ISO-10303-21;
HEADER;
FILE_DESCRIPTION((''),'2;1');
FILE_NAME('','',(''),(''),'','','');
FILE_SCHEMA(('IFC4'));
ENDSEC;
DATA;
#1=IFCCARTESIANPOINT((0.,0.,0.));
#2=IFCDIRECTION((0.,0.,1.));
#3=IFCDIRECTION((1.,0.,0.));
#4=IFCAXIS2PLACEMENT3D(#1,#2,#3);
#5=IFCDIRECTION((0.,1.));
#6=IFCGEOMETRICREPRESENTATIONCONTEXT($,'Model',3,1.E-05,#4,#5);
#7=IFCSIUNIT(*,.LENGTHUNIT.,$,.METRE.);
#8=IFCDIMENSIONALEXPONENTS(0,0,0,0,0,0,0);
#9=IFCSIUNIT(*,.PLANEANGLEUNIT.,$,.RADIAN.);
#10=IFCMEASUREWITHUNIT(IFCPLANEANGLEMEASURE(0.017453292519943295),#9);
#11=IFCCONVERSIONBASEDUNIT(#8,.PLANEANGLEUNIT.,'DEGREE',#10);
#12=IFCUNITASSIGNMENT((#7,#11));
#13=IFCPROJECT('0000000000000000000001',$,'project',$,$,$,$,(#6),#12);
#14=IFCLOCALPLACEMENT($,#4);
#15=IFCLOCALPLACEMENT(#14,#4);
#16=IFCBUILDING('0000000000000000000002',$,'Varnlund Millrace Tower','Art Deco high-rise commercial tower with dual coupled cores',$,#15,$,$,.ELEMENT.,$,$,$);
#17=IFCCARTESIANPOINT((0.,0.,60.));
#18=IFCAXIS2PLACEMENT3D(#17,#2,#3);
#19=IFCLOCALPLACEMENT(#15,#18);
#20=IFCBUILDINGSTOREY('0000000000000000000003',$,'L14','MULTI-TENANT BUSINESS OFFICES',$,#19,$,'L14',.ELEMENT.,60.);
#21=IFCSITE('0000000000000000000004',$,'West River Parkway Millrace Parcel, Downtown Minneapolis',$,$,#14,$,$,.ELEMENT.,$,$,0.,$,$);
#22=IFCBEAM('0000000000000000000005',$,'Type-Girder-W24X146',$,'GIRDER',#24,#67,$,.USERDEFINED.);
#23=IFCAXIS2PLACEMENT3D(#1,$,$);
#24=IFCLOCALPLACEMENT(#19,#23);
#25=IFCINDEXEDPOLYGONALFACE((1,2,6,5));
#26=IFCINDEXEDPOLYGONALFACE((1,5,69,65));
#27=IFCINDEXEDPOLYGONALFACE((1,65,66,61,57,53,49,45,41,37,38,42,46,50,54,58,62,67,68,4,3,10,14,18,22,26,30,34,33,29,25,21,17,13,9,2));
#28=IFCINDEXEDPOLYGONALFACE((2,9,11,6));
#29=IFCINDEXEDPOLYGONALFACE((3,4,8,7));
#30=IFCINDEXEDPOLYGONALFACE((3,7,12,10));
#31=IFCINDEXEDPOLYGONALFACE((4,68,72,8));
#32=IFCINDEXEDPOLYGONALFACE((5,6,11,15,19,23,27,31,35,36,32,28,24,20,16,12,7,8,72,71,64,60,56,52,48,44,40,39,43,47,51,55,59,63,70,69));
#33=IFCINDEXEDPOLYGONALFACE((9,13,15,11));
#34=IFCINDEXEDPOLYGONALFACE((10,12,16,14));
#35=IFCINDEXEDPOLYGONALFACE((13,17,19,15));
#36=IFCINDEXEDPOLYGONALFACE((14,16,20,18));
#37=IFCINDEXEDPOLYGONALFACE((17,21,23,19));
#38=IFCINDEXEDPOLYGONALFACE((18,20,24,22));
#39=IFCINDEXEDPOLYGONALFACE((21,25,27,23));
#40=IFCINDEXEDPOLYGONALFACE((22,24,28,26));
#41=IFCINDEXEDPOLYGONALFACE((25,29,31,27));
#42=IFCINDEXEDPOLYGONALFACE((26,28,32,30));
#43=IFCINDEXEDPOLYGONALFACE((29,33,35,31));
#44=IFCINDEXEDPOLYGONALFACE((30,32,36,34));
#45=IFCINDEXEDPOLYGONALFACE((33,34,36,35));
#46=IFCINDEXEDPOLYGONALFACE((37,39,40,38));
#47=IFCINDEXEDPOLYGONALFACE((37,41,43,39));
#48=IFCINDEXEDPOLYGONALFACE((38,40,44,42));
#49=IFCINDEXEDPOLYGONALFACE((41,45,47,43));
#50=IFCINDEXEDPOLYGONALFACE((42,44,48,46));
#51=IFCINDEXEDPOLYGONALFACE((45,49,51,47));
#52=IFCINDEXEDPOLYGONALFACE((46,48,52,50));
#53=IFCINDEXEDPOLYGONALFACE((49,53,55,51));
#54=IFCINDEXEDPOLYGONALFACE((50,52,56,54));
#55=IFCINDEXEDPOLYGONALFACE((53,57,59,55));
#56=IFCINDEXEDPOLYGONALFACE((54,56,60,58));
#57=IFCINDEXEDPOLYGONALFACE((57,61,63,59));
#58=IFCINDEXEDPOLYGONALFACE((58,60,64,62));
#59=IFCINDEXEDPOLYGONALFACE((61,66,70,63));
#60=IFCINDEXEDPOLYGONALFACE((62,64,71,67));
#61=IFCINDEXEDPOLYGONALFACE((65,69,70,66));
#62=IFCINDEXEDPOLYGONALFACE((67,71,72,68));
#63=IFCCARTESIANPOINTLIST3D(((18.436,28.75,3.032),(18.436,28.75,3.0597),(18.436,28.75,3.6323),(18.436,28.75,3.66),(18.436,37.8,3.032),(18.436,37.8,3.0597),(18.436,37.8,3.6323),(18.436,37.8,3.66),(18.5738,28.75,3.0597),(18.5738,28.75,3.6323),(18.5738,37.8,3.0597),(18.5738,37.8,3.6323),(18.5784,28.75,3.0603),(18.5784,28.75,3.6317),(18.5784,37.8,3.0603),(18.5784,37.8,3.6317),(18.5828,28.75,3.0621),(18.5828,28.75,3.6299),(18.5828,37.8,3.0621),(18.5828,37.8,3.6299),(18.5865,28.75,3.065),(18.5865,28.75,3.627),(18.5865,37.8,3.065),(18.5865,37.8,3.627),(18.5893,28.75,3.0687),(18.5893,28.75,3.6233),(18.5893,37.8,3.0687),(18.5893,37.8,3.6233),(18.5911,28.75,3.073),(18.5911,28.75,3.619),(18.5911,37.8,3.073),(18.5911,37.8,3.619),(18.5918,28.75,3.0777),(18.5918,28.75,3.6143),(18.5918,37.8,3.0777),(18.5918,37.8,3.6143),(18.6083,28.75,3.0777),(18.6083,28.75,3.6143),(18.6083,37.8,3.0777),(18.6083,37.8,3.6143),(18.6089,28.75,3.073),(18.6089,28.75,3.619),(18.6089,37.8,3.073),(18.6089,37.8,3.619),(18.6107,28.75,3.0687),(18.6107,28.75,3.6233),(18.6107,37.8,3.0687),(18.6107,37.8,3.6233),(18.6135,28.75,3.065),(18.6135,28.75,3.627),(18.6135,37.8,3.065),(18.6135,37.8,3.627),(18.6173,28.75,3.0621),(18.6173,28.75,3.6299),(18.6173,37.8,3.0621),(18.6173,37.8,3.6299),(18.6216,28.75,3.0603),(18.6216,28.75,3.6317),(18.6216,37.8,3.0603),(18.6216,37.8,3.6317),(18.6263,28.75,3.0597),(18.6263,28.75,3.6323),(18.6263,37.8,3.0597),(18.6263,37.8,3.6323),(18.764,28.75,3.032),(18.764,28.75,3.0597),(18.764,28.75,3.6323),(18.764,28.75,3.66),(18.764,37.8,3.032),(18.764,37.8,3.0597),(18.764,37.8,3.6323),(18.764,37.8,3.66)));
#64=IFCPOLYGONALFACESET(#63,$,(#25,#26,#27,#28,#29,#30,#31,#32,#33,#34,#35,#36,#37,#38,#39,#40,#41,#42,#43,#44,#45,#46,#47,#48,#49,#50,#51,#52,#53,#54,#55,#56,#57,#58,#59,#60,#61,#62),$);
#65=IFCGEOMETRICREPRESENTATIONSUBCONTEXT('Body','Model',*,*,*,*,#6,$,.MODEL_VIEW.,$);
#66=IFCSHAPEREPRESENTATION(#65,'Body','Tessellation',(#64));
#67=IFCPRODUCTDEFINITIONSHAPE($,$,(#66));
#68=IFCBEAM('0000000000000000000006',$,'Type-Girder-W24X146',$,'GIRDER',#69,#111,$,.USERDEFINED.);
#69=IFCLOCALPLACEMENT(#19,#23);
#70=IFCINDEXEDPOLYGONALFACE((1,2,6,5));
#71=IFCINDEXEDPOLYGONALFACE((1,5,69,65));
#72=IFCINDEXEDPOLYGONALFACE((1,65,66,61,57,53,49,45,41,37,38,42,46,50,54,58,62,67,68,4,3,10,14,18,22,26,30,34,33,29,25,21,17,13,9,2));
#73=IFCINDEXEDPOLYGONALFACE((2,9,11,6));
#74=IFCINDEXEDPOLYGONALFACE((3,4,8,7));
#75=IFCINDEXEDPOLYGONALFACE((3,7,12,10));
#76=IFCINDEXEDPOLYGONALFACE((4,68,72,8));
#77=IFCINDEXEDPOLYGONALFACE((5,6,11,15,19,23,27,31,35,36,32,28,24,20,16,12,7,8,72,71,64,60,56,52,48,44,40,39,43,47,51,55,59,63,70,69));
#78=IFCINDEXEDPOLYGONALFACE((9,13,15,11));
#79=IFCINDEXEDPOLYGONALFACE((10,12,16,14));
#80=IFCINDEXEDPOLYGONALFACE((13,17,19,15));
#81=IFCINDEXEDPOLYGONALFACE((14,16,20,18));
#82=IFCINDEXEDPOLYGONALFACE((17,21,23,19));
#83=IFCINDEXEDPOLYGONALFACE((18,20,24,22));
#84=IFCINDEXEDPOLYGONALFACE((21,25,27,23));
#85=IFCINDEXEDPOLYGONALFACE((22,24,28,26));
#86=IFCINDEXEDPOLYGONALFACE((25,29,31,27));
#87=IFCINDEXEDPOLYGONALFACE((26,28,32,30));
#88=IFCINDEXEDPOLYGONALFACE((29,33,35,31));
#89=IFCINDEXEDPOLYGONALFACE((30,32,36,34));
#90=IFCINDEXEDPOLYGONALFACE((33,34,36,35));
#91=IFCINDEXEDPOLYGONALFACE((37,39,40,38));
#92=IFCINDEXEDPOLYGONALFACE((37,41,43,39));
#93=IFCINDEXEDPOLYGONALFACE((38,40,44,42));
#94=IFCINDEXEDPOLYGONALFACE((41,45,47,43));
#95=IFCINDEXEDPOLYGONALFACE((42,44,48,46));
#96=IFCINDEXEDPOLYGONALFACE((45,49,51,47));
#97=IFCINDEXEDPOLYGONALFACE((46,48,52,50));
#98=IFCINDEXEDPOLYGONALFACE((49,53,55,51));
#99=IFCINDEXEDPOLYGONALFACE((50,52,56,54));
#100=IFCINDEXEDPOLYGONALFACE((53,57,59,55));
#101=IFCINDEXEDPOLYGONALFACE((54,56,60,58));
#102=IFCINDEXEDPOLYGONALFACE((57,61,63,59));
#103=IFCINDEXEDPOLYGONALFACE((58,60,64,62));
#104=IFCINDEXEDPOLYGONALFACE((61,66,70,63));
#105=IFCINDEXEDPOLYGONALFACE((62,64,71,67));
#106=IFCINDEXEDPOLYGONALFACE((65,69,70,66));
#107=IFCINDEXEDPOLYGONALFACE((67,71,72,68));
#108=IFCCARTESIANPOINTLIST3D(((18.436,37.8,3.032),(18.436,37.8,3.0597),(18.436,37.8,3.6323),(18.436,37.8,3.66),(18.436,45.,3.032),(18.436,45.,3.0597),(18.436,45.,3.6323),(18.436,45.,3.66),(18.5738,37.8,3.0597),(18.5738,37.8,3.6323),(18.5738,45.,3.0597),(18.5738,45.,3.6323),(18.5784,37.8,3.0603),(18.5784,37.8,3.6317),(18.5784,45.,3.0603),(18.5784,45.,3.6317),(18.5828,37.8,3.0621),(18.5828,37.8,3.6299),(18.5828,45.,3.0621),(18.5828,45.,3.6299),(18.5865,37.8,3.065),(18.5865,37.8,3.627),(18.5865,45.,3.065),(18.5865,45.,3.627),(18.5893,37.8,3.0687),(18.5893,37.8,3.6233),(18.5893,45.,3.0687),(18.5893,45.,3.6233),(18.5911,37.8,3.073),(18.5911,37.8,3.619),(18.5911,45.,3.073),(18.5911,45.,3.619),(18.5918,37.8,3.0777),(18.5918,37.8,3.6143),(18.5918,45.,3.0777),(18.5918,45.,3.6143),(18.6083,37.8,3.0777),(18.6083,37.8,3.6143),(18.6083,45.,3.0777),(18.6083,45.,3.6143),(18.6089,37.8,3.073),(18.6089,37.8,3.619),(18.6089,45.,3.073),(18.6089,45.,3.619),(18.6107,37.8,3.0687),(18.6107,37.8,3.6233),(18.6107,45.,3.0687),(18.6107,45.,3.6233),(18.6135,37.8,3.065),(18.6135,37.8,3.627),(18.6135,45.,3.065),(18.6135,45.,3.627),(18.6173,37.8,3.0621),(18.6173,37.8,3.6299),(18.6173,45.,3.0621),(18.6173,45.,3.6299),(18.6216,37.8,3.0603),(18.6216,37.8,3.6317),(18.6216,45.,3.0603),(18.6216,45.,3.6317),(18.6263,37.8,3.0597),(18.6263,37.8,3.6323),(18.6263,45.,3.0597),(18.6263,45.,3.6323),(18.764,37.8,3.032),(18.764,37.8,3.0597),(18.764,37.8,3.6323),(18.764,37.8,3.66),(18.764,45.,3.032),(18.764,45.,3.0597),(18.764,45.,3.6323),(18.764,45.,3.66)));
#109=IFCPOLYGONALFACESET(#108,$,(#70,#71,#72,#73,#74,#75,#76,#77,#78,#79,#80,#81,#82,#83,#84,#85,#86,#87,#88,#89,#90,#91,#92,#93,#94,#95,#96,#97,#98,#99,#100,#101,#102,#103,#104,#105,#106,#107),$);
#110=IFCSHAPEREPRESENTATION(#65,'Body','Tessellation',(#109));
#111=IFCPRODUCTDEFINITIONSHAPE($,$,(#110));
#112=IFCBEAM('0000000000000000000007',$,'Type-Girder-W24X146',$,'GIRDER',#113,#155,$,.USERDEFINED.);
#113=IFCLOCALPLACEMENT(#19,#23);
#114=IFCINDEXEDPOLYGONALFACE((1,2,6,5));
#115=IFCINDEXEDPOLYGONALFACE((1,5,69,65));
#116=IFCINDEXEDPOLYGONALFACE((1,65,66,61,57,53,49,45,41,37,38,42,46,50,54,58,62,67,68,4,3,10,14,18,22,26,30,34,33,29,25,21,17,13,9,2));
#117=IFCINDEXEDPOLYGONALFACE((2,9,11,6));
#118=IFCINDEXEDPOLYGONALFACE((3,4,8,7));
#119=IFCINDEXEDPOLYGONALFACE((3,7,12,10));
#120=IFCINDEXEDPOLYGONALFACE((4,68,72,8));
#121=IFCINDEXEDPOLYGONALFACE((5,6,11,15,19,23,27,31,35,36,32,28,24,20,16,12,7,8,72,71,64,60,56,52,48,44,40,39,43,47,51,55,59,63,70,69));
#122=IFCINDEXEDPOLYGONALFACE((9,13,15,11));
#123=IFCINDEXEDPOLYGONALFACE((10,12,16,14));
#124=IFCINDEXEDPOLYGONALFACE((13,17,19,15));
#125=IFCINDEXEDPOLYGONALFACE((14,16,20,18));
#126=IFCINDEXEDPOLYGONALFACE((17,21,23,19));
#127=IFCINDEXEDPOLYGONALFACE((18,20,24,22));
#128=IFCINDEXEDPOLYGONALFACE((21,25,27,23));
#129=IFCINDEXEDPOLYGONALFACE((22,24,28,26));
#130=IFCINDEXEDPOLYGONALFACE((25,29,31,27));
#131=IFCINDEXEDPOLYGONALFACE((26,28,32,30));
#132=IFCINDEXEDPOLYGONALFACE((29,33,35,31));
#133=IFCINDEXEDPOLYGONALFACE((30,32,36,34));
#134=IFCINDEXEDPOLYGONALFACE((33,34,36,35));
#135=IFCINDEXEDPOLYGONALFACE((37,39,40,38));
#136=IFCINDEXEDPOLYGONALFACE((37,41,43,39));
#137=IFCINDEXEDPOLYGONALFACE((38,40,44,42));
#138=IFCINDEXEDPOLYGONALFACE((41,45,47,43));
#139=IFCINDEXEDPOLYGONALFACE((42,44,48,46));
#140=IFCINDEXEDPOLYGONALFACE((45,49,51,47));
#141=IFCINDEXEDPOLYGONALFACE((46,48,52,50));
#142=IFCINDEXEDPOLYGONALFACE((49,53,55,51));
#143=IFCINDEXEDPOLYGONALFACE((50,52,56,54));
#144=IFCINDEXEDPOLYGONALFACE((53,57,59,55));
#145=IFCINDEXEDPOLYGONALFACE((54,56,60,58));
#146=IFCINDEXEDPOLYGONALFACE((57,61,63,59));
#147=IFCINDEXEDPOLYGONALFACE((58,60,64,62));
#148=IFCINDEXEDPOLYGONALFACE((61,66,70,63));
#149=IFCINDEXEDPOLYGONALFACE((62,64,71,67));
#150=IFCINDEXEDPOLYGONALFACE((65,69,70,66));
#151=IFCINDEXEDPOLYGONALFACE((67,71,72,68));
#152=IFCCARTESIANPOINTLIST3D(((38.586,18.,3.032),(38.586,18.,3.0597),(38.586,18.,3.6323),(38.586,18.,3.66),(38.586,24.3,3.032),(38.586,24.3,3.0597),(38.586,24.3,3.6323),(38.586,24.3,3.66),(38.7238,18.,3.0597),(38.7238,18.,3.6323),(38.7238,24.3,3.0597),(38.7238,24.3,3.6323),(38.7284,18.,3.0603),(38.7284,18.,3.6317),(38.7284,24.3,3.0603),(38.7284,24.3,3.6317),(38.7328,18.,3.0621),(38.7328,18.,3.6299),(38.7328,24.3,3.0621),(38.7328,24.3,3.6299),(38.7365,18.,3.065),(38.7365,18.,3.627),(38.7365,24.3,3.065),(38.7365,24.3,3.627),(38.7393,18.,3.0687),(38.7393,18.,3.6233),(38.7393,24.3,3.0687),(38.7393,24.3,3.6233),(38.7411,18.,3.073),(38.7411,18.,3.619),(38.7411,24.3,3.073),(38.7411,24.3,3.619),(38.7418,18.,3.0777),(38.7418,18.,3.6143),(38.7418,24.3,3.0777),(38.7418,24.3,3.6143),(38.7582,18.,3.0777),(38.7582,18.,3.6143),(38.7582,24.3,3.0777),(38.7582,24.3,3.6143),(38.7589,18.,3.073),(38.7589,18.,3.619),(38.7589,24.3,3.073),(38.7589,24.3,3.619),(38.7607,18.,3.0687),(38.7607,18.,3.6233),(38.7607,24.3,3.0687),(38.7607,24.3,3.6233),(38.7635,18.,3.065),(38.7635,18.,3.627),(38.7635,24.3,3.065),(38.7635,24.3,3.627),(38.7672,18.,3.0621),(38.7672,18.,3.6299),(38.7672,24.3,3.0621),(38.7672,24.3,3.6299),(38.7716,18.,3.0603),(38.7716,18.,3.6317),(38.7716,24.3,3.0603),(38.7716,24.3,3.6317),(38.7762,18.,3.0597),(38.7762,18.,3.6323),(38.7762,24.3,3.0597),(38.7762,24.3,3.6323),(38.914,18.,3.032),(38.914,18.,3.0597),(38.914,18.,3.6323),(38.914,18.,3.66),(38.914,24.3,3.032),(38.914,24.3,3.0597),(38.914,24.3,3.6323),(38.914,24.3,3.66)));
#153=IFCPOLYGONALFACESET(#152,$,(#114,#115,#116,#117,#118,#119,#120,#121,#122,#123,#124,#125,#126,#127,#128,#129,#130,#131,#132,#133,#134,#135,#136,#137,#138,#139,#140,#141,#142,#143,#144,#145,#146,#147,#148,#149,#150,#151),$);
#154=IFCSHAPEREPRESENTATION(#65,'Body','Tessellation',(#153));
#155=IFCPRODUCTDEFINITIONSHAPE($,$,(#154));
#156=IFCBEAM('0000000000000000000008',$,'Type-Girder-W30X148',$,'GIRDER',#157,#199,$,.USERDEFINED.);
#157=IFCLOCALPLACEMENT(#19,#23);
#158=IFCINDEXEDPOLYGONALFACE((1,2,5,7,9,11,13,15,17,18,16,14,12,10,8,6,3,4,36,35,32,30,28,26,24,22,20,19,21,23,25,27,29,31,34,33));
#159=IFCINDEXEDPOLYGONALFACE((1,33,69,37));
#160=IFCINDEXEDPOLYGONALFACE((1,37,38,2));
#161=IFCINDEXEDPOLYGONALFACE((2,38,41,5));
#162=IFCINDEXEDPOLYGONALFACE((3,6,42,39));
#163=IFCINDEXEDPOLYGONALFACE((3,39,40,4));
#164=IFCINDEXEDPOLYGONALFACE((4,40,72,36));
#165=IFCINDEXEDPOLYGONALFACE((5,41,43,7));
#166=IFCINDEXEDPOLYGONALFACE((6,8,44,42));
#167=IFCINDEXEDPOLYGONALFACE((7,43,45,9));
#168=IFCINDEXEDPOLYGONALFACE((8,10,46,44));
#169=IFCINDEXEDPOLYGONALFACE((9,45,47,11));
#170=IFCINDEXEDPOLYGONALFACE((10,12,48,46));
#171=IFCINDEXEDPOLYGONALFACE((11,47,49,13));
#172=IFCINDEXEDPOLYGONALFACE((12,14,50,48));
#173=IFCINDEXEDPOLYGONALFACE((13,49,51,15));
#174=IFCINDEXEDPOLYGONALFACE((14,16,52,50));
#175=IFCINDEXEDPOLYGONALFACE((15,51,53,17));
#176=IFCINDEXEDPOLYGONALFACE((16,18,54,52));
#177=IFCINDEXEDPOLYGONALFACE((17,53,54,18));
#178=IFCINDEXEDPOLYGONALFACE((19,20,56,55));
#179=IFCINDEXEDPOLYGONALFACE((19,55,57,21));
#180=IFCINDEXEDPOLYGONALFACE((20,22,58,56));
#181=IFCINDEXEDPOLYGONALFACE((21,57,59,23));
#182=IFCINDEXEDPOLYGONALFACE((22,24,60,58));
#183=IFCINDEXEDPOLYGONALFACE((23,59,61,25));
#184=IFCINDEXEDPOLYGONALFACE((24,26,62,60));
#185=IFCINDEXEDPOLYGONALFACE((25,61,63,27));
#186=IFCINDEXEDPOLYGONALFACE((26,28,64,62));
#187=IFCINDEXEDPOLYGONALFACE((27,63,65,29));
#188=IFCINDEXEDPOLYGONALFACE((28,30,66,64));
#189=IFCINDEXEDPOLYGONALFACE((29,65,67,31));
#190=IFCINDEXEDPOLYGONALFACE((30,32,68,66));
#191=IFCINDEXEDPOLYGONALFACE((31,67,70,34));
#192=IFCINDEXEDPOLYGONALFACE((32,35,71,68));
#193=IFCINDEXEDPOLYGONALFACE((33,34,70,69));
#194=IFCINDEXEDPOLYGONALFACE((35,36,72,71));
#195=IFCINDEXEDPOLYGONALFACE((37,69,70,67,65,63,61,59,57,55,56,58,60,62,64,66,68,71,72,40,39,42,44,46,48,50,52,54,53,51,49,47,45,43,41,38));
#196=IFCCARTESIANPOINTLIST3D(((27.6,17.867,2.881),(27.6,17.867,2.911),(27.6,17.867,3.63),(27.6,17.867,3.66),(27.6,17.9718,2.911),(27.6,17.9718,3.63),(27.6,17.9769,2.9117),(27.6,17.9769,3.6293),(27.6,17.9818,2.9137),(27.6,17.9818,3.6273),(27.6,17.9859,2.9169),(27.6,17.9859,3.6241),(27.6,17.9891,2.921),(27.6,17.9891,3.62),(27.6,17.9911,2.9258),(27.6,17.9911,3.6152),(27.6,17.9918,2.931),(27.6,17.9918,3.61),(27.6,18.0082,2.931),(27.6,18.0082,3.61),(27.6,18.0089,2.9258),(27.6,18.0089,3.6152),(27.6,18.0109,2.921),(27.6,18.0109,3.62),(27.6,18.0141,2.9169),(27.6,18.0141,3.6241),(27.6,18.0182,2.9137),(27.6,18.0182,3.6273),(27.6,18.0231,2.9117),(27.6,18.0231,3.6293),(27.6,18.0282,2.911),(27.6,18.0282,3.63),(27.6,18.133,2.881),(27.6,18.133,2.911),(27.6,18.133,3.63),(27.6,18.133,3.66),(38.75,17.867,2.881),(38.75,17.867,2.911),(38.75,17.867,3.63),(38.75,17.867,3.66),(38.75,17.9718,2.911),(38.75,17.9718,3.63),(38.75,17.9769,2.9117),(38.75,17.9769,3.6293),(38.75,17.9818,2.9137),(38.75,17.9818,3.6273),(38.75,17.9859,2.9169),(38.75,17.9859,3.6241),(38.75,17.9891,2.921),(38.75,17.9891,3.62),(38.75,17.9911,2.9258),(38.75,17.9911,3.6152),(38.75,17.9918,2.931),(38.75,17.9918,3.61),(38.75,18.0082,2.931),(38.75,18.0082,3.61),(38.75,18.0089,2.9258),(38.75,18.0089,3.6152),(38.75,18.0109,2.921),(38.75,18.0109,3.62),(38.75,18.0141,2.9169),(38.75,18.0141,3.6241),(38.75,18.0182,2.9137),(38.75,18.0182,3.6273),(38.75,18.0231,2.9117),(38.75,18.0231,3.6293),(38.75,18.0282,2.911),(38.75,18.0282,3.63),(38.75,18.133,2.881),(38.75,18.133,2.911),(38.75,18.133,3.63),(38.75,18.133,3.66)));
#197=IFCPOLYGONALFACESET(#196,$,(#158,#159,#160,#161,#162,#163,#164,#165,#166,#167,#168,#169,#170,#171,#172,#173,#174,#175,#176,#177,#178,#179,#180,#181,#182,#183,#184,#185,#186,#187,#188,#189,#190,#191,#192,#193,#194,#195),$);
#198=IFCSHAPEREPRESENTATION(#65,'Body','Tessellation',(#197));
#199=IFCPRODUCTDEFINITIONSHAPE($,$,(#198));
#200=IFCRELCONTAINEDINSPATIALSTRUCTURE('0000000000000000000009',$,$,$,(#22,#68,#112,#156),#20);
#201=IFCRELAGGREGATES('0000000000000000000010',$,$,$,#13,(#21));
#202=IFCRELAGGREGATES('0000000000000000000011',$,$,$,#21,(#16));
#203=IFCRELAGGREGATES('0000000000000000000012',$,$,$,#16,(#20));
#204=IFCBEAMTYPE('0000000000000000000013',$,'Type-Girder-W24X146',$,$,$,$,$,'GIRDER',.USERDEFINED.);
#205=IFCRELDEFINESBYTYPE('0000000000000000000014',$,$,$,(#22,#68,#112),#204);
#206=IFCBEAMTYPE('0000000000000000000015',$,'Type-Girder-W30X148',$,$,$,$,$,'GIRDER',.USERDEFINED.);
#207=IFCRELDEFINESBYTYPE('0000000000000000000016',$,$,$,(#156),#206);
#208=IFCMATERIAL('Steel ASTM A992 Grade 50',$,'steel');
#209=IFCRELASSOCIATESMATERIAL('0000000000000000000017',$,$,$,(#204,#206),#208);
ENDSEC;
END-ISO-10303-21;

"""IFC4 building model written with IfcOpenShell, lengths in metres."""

from ifc_helpers import new_model, entity, si_unit, converted_unit, direction, frame, origin_with_axes, origin_2d_with_axis, place, context, subcontext, project, spatial, i_section, extrude, material, material_profile, profile_set, type_object, element, save


model = new_model("IFC4")

# Units and contexts
model_context = context("Model", 3, precision=1e-05, world=origin_with_axes(), true_north=direction((0.0, 1.0)))
body_context = subcontext(model_context, "Body", "Model", "MODEL_VIEW")
ifc_project = project(units=[si_unit("LENGTHUNIT", "METRE"), converted_unit("PLANEANGLEUNIT", "DEGREE", entity("IfcPlaneAngleMeasure", 0.017453292519943295), si_unit("PLANEANGLEUNIT", "RADIAN"), dimensions=[0, 0, 0, 0, 0, 0, 0])], contexts=[model_context])

# Site, building, storey
site_placement = place(None, origin_with_axes())
site = spatial("IfcSite", under=ifc_project, at=site_placement, Name="West River Parkway Millrace Parcel, Downtown Minneapolis", CompositionType="ELEMENT", RefElevation=0.0)
building_placement = place(site_placement, origin_with_axes())
building = spatial("IfcBuilding", under=site, at=building_placement, Name="Varnlund Millrace Tower", Description="Art Deco high-rise commercial tower with dual coupled cores", CompositionType="ELEMENT")
storey_placement = place(building_placement, frame((0.0, 0.0, 60.0), z_axis=(0.0, 0.0, 1.0), x_axis=(1.0, 0.0, 0.0)))
storey = spatial("IfcBuildingStorey", under=building, at=storey_placement, Name="L14", Description="MULTI-TENANT BUSINESS OFFICES", LongName="L14", CompositionType="ELEMENT", Elevation=60.0)

# Beams
ifc_material_1 = material(Name="Steel ASTM A992 Grade 50", Category="steel")
ifc_material_profile_1 = material_profile(ifc_material_1, i_section(OverallWidth=0.328, OverallDepth=0.628, WebThickness=0.0165, FlangeThickness=0.0277, FilletRadius=0.018, at=origin_2d_with_axis()), Name="Steel ASTM A992 Grade 50")
ifc_profile_set_1 = profile_set([ifc_material_profile_1], Name="Steel ASTM A992 Grade 50")
beam_type_1 = type_object("IfcBeamType", Name="Type-Girder-W24X146", ElementType="GIRDER", PredefinedType="USERDEFINED", material=ifc_profile_set_1)
beam_1_placement = place(storey_placement, frame((18.6, 28.75, 3.346), z_axis=(0.0, 1.0, 0.0), x_axis=(-1.0, 0.0, 0.0)))
element("IfcBeam", 1, at=beam_1_placement, inside=storey, type_object=beam_type_1, Name="Type-Girder-W24X146", ObjectType="GIRDER", PredefinedType="USERDEFINED", context=body_context, shape_type="SweptSolid", body=[
    extrude(i_section(OverallWidth=0.328, OverallDepth=0.628, WebThickness=0.0165, FlangeThickness=0.0277, FilletRadius=0.018, at=origin_2d_with_axis()), origin_with_axes(), (0.0, 0.0, 1.0), 9.05),
])
beam_2_placement = place(storey_placement, frame((18.6, 37.8, 3.346), z_axis=(0.0, 1.0, 0.0), x_axis=(-1.0, 0.0, 0.0)))
element("IfcBeam", 2, at=beam_2_placement, inside=storey, type_object=beam_type_1, Name="Type-Girder-W24X146", ObjectType="GIRDER", PredefinedType="USERDEFINED", context=body_context, shape_type="SweptSolid", body=[
    extrude(i_section(OverallWidth=0.328, OverallDepth=0.628, WebThickness=0.0165, FlangeThickness=0.0277, FilletRadius=0.018, at=origin_2d_with_axis()), origin_with_axes(), (0.0, 0.0, 1.0), 7.2),
])
beam_3_placement = place(storey_placement, frame((38.75, 18.0, 3.346), z_axis=(0.0, 1.0, 0.0), x_axis=(-1.0, 0.0, 0.0)))
element("IfcBeam", 3, at=beam_3_placement, inside=storey, type_object=beam_type_1, Name="Type-Girder-W24X146", ObjectType="GIRDER", PredefinedType="USERDEFINED", context=body_context, shape_type="SweptSolid", body=[
    extrude(i_section(OverallWidth=0.328, OverallDepth=0.628, WebThickness=0.0165, FlangeThickness=0.0277, FilletRadius=0.018, at=origin_2d_with_axis()), origin_with_axes(), (0.0, 0.0, 1.0), 6.3),
])
ifc_material_profile_2 = material_profile(ifc_material_1, i_section(OverallWidth=0.266, OverallDepth=0.779, WebThickness=0.0165, FlangeThickness=0.03, FilletRadius=0.02, at=origin_2d_with_axis()), Name="Steel ASTM A992 Grade 50")
ifc_profile_set_2 = profile_set([ifc_material_profile_2], Name="Steel ASTM A992 Grade 50")
beam_type_2 = type_object("IfcBeamType", Name="Type-Girder-W30X148", ElementType="GIRDER", PredefinedType="USERDEFINED", material=ifc_profile_set_2)
beam_4_placement = place(storey_placement, frame((27.6, 18.0, 3.2705), z_axis=(1.0, 0.0, 0.0), x_axis=(0.0, 1.0, 0.0)))
element("IfcBeam", 4, at=beam_4_placement, inside=storey, type_object=beam_type_2, Name="Type-Girder-W30X148", ObjectType="GIRDER", PredefinedType="USERDEFINED", context=body_context, shape_type="SweptSolid", body=[
    extrude(i_section(OverallWidth=0.266, OverallDepth=0.779, WebThickness=0.0165, FlangeThickness=0.03, FilletRadius=0.02, at=origin_2d_with_axis()), origin_with_axes(), (0.0, 0.0, 1.0), 11.15),
])

save(model, "model.ifc")
